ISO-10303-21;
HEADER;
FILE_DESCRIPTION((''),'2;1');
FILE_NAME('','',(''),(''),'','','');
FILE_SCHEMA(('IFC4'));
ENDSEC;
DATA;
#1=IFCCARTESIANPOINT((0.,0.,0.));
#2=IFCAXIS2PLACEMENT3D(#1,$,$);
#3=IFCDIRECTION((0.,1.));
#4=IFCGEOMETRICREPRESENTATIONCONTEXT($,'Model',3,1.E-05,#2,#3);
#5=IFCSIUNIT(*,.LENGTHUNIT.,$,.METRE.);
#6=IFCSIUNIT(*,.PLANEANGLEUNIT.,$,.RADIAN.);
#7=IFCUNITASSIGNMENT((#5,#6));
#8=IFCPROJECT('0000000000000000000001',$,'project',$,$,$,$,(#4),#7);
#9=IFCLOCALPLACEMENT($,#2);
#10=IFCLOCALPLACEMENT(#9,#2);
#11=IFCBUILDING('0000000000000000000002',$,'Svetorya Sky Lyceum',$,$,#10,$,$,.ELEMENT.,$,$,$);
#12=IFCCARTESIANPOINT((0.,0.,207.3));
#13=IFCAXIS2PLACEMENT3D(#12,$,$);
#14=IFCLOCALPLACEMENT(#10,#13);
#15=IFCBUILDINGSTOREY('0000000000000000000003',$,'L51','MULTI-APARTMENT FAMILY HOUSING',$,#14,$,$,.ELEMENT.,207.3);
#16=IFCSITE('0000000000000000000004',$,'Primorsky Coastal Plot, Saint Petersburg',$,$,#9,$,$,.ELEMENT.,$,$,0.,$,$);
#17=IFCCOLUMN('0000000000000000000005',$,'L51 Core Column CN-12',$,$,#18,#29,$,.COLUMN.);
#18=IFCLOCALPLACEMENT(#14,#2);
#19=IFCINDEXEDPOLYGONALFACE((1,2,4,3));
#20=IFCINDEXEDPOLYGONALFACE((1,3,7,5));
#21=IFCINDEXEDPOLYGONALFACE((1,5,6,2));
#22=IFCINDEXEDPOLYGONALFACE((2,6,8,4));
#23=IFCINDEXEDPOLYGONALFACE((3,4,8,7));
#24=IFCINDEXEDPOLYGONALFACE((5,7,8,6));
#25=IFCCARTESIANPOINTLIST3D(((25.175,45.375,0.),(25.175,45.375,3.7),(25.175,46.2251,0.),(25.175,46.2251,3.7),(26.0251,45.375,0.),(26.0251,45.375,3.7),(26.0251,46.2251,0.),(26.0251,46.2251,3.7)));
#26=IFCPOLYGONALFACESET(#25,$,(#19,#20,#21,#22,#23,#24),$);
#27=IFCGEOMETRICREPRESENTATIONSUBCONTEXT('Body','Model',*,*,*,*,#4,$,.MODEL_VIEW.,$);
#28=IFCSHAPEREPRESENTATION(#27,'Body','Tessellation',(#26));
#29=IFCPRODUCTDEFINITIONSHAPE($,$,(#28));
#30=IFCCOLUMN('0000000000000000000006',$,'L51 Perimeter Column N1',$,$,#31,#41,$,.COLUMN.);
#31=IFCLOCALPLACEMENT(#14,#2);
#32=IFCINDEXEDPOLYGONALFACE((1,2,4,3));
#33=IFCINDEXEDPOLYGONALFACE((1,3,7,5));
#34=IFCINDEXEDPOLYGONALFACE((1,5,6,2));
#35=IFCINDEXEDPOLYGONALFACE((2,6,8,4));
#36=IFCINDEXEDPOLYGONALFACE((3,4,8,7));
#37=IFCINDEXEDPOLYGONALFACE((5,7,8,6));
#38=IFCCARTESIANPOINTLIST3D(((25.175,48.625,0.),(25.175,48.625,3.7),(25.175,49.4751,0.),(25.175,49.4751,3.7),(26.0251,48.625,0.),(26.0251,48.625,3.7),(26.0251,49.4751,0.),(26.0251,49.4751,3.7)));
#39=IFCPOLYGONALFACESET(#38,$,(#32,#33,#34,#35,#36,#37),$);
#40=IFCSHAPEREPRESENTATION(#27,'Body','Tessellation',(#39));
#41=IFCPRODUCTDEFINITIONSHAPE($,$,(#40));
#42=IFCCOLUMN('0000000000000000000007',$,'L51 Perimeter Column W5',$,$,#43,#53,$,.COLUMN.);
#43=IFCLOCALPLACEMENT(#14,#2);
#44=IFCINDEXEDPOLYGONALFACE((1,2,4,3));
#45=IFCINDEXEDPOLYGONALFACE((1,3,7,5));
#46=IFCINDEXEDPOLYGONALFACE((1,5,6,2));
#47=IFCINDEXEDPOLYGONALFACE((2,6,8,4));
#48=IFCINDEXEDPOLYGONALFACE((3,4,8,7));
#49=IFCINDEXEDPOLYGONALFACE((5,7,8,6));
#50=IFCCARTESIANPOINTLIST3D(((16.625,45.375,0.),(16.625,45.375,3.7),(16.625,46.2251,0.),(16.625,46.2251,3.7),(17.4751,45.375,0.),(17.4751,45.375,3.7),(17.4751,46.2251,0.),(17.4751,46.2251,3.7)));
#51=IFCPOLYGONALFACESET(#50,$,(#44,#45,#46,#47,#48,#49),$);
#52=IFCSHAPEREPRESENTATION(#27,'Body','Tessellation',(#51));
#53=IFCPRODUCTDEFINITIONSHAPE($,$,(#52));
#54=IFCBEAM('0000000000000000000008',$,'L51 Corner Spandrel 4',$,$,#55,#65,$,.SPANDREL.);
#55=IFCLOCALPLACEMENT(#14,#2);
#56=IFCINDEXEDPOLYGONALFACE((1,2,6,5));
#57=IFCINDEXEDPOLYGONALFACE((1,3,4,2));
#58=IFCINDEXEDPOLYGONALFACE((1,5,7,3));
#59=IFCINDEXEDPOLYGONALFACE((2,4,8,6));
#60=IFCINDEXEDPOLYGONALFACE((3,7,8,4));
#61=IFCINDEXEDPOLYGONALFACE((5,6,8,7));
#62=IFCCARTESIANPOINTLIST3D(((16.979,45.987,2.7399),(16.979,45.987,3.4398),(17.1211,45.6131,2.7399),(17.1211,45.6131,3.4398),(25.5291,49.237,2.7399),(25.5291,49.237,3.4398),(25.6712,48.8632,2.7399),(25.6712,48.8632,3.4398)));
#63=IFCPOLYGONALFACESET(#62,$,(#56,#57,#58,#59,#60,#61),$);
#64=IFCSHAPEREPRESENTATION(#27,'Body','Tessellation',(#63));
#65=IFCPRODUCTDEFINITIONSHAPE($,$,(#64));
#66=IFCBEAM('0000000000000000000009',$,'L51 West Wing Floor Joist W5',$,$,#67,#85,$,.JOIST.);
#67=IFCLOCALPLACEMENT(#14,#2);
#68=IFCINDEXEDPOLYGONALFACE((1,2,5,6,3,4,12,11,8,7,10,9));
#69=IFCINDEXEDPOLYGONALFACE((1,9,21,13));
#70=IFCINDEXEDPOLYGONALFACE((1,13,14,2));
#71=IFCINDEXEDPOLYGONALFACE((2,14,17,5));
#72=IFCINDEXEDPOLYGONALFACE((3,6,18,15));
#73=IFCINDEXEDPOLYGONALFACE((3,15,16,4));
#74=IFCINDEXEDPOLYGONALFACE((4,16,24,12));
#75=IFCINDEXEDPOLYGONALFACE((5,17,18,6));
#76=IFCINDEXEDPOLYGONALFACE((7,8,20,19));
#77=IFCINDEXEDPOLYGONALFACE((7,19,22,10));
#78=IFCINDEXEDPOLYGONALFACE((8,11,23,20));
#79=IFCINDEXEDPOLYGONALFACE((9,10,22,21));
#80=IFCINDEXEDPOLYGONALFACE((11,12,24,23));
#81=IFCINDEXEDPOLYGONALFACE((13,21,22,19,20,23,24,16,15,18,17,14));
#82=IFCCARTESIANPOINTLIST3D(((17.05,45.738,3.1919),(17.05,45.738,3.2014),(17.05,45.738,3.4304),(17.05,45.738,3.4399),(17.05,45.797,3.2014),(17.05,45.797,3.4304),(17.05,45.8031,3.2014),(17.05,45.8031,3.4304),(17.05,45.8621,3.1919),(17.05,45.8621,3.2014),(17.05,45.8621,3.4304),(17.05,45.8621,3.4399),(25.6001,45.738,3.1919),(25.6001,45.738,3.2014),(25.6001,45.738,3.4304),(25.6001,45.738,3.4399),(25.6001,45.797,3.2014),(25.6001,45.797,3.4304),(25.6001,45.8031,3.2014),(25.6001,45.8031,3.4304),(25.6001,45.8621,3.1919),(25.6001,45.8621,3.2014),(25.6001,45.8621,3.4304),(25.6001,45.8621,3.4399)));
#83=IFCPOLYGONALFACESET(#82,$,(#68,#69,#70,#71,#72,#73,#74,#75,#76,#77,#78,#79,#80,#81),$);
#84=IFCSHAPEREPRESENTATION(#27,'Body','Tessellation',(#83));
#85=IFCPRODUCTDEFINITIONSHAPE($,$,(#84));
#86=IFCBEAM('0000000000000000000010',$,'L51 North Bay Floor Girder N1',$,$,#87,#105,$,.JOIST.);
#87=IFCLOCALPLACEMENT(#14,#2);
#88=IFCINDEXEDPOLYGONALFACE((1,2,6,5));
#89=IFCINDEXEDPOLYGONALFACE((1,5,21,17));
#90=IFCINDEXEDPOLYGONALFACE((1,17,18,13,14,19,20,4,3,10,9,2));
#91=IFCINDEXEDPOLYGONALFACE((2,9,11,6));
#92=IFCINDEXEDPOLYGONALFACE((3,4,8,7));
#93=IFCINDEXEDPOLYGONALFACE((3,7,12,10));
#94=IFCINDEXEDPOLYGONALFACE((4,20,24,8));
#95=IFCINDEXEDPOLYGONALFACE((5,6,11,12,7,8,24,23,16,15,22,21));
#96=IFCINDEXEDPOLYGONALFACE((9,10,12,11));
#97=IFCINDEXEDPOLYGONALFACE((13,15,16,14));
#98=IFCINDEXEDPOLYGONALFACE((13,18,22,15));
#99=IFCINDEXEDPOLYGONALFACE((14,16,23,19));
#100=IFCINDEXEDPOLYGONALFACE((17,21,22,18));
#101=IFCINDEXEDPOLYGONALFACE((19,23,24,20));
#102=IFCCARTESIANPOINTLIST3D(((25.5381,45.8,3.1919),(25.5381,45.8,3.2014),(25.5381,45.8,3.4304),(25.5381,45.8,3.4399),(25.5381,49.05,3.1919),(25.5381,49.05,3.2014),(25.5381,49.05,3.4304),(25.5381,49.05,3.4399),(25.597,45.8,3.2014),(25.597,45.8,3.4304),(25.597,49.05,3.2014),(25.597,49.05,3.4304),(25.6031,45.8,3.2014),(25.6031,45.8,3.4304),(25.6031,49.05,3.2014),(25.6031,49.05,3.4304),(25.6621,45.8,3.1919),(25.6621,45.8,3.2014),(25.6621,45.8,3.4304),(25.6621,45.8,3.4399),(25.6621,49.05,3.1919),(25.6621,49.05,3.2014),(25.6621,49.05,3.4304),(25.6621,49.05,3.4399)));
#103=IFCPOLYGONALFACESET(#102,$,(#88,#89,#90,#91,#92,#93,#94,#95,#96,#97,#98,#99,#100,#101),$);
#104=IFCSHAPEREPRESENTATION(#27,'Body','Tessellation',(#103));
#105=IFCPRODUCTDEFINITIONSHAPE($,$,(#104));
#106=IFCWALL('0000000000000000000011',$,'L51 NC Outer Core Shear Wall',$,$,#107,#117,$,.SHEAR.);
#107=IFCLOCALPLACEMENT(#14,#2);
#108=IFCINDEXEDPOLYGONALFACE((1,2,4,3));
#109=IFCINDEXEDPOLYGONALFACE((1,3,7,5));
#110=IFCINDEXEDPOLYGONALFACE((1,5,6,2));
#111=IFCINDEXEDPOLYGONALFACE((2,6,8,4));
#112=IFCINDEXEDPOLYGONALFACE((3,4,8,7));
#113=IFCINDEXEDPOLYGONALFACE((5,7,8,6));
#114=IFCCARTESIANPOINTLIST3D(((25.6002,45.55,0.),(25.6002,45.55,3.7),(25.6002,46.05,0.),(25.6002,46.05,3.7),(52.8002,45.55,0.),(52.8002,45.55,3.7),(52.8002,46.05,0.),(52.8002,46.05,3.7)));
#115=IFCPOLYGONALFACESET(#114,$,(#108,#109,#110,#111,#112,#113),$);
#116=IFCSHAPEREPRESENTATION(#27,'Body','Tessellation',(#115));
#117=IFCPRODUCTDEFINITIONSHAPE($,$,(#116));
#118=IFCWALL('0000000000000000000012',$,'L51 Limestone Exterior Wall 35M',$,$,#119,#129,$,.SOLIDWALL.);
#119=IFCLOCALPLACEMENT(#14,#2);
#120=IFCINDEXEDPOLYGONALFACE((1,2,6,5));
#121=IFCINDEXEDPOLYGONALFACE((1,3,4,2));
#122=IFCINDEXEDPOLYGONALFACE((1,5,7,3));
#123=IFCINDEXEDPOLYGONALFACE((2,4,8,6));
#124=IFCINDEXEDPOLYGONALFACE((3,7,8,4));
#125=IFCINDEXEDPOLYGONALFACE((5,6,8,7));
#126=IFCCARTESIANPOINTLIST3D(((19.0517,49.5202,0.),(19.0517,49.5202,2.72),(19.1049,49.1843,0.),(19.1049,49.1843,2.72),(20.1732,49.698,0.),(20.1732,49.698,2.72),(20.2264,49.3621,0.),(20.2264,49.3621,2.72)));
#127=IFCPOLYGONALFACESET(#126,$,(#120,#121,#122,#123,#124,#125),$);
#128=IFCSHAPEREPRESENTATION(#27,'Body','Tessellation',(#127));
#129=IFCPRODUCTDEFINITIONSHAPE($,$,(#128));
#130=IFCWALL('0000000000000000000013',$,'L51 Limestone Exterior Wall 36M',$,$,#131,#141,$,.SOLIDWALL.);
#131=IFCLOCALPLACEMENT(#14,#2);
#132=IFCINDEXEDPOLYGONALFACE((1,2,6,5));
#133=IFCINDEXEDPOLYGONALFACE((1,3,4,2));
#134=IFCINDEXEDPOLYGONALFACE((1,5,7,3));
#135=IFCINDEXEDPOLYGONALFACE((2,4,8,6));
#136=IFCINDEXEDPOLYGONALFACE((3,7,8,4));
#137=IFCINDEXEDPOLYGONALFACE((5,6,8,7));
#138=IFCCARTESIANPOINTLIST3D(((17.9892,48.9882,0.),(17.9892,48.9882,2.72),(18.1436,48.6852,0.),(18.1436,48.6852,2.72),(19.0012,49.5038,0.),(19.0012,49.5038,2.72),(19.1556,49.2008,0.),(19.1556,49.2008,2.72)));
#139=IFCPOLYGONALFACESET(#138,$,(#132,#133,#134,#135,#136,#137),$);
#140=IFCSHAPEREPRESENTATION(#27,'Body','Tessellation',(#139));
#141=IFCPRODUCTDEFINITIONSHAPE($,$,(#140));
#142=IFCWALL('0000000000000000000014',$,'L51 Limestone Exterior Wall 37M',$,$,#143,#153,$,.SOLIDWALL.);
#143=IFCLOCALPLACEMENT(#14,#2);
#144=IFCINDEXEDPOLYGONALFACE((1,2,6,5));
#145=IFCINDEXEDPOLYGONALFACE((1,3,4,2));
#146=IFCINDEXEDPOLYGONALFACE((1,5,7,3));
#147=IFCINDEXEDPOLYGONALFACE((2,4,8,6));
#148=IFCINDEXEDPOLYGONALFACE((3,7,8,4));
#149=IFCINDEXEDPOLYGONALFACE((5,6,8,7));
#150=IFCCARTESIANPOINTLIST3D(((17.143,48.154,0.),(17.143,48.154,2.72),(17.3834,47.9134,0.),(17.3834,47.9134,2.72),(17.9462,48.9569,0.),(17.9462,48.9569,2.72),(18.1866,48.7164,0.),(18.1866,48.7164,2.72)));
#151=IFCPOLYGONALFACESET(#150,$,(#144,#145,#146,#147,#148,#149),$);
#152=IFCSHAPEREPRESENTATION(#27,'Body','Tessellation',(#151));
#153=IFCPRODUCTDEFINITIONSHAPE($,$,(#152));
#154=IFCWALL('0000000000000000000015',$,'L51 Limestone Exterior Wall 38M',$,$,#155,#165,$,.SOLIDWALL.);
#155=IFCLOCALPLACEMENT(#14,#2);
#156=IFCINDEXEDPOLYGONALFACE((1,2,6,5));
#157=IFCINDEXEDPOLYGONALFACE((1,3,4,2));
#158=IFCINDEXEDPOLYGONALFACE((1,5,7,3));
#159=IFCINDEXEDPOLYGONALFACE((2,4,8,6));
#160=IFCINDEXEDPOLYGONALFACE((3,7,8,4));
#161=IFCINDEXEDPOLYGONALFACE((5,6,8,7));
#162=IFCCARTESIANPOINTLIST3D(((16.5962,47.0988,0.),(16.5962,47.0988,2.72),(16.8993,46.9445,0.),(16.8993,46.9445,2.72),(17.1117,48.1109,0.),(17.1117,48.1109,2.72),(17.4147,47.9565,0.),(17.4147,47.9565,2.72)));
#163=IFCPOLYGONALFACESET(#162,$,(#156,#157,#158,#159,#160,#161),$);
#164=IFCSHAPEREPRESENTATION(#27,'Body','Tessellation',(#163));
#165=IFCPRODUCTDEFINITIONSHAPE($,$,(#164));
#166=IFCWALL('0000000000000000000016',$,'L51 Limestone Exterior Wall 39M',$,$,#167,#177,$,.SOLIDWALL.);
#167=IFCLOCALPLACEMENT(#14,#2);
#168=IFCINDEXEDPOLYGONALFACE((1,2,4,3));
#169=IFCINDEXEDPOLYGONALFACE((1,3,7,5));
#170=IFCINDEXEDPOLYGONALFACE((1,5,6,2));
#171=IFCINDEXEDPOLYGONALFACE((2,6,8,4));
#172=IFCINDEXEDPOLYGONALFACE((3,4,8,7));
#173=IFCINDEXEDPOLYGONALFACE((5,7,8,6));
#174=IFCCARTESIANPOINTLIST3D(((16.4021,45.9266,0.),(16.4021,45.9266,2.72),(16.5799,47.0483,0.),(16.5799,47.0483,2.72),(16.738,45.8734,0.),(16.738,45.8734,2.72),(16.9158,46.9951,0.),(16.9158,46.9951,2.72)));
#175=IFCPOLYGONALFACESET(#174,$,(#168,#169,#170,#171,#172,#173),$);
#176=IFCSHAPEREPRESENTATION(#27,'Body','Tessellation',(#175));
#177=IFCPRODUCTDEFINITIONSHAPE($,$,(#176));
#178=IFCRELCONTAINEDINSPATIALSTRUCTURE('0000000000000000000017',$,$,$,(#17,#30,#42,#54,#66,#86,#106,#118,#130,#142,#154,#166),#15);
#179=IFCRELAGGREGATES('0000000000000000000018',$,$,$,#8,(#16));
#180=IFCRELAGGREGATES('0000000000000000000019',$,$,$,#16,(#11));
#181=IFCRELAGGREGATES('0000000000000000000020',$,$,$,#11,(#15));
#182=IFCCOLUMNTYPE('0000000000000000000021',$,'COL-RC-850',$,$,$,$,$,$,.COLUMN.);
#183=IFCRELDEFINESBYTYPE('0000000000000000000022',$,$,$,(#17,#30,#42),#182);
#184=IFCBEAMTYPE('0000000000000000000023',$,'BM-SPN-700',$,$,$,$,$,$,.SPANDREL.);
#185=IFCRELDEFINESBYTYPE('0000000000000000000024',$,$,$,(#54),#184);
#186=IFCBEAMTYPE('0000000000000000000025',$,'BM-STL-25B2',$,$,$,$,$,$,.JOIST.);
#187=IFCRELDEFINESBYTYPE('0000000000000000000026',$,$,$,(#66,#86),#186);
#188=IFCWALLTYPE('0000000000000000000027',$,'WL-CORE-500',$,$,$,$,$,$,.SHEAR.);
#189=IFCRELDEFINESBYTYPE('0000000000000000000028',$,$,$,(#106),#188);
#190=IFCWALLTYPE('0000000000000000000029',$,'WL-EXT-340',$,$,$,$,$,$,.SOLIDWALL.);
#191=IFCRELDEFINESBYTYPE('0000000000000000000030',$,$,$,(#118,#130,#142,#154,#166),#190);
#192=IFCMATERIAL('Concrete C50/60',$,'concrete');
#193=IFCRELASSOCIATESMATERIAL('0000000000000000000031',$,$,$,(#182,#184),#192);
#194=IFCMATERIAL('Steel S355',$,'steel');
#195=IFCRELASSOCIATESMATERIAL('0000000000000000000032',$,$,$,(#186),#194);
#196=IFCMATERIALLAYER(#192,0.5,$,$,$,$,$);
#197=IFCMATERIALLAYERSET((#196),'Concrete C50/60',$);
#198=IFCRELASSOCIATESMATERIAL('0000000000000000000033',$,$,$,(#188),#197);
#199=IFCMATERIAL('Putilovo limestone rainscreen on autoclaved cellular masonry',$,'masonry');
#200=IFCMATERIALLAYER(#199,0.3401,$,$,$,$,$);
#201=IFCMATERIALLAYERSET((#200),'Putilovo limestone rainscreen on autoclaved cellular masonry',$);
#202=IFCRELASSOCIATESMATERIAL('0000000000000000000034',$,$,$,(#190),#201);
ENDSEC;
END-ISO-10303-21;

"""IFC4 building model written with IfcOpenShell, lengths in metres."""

from ifc_helpers import new_model, si_unit, direction, frame, frame_2d, origin, origin_2d, place, context, subcontext, project, spatial, rectangle, i_section, extrude, material, layer, layer_set, material_profile, profile_set, type_object, element, save


model = new_model("IFC4")

# Units and contexts
model_context = context("Model", 3, precision=1e-05, world=origin(), true_north=direction((0.0, 1.0)))
body_context = subcontext(model_context, "Body", "Model", "MODEL_VIEW")
ifc_project = project(units=[si_unit("LENGTHUNIT", "METRE"), si_unit("PLANEANGLEUNIT", "RADIAN")], contexts=[model_context])

# Site, building, storey
site_placement = place(None, origin())
site = spatial("IfcSite", under=ifc_project, at=site_placement, Name="Primorsky Coastal Plot, Saint Petersburg", CompositionType="ELEMENT", RefElevation=0.0)
building_placement = place(site_placement, origin())
building = spatial("IfcBuilding", under=site, at=building_placement, Name="Svetorya Sky Lyceum", CompositionType="ELEMENT")
storey_placement = place(building_placement, frame((0.0, 0.0, 207.3)))
storey = spatial("IfcBuildingStorey", under=building, at=storey_placement, Name="L51", Description="MULTI-APARTMENT FAMILY HOUSING", CompositionType="ELEMENT", Elevation=207.3)

# Columns
ifc_material_1 = material(Name="Concrete C50/60", Category="concrete")
ifc_material_profile_1 = material_profile(ifc_material_1, rectangle(XDim=0.8501, YDim=0.8501, at=origin_2d()), Name="RC COL 850x850")
ifc_profile_set_1 = profile_set([ifc_material_profile_1], Name="Concrete C50/60")
column_type = type_object("IfcColumnType", Name="COL-RC-850", PredefinedType="COLUMN", material=ifc_profile_set_1)
for number, where, z_axis, x_axis, name in (
    (1, (25.6001, 45.8, 0.0), (0.0, 0.0, 1.0), (1.0, 0.0, 0.0), "L51 Core Column CN-12"),
    (2, (25.6001, 49.05, 0.0), (0.0, 0.0, 1.0), (1.0, 0.0, 0.0), "L51 Perimeter Column N1"),
    (3, (17.05, 45.8, 0.0), (0.0, 0.0, 1.0), (1.0, 0.0, 0.0), "L51 Perimeter Column W5"),
):
    element("IfcColumn", number, at=place(storey_placement, frame(where, z_axis=z_axis, x_axis=x_axis)), inside=storey, type_object=column_type, Name=name, PredefinedType="COLUMN", context=body_context, shape_type="SweptSolid", body=[
        extrude(rectangle(XDim=0.8501, YDim=0.8501, at=origin_2d()), origin(), (0.0, 0.0, 1.0), 3.7),
    ])

# Beams
ifc_material_profile_2 = material_profile(ifc_material_1, rectangle(XDim=0.3999, YDim=0.7, at=origin_2d()), Name="RC SPANDREL 400x700")
ifc_profile_set_2 = profile_set([ifc_material_profile_2], Name="Concrete C50/60")
beam_type_1 = type_object("IfcBeamType", Name="BM-SPN-700", PredefinedType="SPANDREL", material=ifc_profile_set_2)
beam_1_placement = place(storey_placement, frame((17.05, 45.8, 3.0898), z_axis=(0.934748, 0.355312, 0.0), x_axis=(-0.355312, 0.934748, 0.0)))
element("IfcBeam", 4, at=beam_1_placement, inside=storey, type_object=beam_type_1, Name="L51 Corner Spandrel 4", PredefinedType="SPANDREL", context=body_context, shape_type="SweptSolid", body=[
    extrude(rectangle(XDim=0.3999, YDim=0.7, at=origin_2d()), origin(), (0.0, 0.0, 1.0), 9.147),
])
ifc_material_2 = material(Name="Steel S355", Category="steel")
ifc_material_profile_3 = material_profile(ifc_material_2, i_section(OverallWidth=0.124, OverallDepth=0.248, WebThickness=0.0061, FlangeThickness=0.0095, at=origin_2d()), Name="GOST 25B2")
ifc_profile_set_3 = profile_set([ifc_material_profile_3], Name="Steel S355")
beam_type_2 = type_object("IfcBeamType", Name="BM-STL-25B2", PredefinedType="JOIST", material=ifc_profile_set_3)
beam_2_placement = place(storey_placement, frame((17.05, 45.8, 3.3159), z_axis=(1.0, 0.0, 0.0), x_axis=(0.0, 1.0, 0.0)))
element("IfcBeam", 5, at=beam_2_placement, inside=storey, type_object=beam_type_2, Name="L51 West Wing Floor Joist W5", PredefinedType="JOIST", context=body_context, shape_type="SweptSolid", body=[
    extrude(i_section(OverallWidth=0.124, OverallDepth=0.248, WebThickness=0.0061, FlangeThickness=0.0095, at=origin_2d()), origin(), (0.0, 0.0, 1.0), 8.55),
])
beam_3_placement = place(storey_placement, frame((25.6001, 45.8, 3.3159), z_axis=(0.0, 1.0, 0.0), x_axis=(-1.0, 0.0, 0.0)))
element("IfcBeam", 6, at=beam_3_placement, inside=storey, type_object=beam_type_2, Name="L51 North Bay Floor Girder N1", PredefinedType="JOIST", context=body_context, shape_type="SweptSolid", body=[
    extrude(i_section(OverallWidth=0.124, OverallDepth=0.248, WebThickness=0.0061, FlangeThickness=0.0095, at=origin_2d()), origin(), (0.0, 0.0, 1.0), 3.25),
])

# Walls
ifc_layer_1 = layer(ifc_material_1, 0.5)
ifc_layer_set_1 = layer_set([ifc_layer_1], Name="Concrete C50/60")
wall_type_1 = type_object("IfcWallType", Name="WL-CORE-500", PredefinedType="SHEAR", material=ifc_layer_set_1)
wall_1_placement = place(storey_placement, frame((25.6001, 45.8, 0.0), z_axis=(0.0, 0.0, 1.0), x_axis=(1.0, 0.0, 0.0)))
element("IfcWall", 7, at=wall_1_placement, inside=storey, type_object=wall_type_1, Name="L51 NC Outer Core Shear Wall", PredefinedType="SHEAR", context=body_context, shape_type="SweptSolid", body=[
    extrude(rectangle(XDim=27.2, YDim=0.5, at=frame_2d((13.6001, 0.0))), origin(), (0.0, 0.0, 1.0), 3.7),
])
ifc_material_3 = material(Name="Putilovo limestone rainscreen on autoclaved cellular masonry", Category="masonry")
ifc_layer_2 = layer(ifc_material_3, 0.3401)
ifc_layer_set_2 = layer_set([ifc_layer_2], Name="Putilovo limestone rainscreen on autoclaved cellular masonry")
wall_type_2 = type_object("IfcWallType", Name="WL-EXT-340", PredefinedType="SOLIDWALL", material=ifc_layer_set_2)
wall_2_placement = place(storey_placement, frame((20.2, 49.53, 0.0), z_axis=(0.0, 0.0, 1.0), x_axis=(-0.987676, -0.156515, 0.0)))
element("IfcWall", 8, at=wall_2_placement, inside=storey, type_object=wall_type_2, Name="L51 Limestone Exterior Wall 35M", PredefinedType="SOLIDWALL", context=body_context, shape_type="SweptSolid", body=[
    extrude(rectangle(XDim=1.1355, YDim=0.3401, at=frame_2d((0.5679, 0.0))), origin(), (0.0, 0.0, 1.0), 2.72),
])
for number, where, z_axis, x_axis, name in (
    (9, (19.0784, 49.3523, 0.0), (0.0, 0.0, 1.0), (-0.891005, -0.453993, 0.0), "L51 Limestone Exterior Wall 36M"),
    (10, (18.0664, 48.8367, 0.0), (0.0, 0.0, 1.0), (-0.707214, -0.706999, 0.0), "L51 Limestone Exterior Wall 37M"),
    (11, (17.2632, 48.0337, 0.0), (0.0, 0.0, 1.0), (-0.453823, -0.891092, 0.0), "L51 Limestone Exterior Wall 38M"),
    (12, (16.7478, 47.0217, 0.0), (0.0, 0.0, 1.0), (-0.156481, -0.987681, 0.0), "L51 Limestone Exterior Wall 39M"),
):
    element("IfcWall", number, at=place(storey_placement, frame(where, z_axis=z_axis, x_axis=x_axis)), inside=storey, type_object=wall_type_2, Name=name, PredefinedType="SOLIDWALL", context=body_context, shape_type="SweptSolid", body=[
        extrude(rectangle(XDim=1.1357, YDim=0.3401, at=frame_2d((0.5679, 0.0))), origin(), (0.0, 0.0, 1.0), 2.72),
    ])

save(model, "model.ifc")
